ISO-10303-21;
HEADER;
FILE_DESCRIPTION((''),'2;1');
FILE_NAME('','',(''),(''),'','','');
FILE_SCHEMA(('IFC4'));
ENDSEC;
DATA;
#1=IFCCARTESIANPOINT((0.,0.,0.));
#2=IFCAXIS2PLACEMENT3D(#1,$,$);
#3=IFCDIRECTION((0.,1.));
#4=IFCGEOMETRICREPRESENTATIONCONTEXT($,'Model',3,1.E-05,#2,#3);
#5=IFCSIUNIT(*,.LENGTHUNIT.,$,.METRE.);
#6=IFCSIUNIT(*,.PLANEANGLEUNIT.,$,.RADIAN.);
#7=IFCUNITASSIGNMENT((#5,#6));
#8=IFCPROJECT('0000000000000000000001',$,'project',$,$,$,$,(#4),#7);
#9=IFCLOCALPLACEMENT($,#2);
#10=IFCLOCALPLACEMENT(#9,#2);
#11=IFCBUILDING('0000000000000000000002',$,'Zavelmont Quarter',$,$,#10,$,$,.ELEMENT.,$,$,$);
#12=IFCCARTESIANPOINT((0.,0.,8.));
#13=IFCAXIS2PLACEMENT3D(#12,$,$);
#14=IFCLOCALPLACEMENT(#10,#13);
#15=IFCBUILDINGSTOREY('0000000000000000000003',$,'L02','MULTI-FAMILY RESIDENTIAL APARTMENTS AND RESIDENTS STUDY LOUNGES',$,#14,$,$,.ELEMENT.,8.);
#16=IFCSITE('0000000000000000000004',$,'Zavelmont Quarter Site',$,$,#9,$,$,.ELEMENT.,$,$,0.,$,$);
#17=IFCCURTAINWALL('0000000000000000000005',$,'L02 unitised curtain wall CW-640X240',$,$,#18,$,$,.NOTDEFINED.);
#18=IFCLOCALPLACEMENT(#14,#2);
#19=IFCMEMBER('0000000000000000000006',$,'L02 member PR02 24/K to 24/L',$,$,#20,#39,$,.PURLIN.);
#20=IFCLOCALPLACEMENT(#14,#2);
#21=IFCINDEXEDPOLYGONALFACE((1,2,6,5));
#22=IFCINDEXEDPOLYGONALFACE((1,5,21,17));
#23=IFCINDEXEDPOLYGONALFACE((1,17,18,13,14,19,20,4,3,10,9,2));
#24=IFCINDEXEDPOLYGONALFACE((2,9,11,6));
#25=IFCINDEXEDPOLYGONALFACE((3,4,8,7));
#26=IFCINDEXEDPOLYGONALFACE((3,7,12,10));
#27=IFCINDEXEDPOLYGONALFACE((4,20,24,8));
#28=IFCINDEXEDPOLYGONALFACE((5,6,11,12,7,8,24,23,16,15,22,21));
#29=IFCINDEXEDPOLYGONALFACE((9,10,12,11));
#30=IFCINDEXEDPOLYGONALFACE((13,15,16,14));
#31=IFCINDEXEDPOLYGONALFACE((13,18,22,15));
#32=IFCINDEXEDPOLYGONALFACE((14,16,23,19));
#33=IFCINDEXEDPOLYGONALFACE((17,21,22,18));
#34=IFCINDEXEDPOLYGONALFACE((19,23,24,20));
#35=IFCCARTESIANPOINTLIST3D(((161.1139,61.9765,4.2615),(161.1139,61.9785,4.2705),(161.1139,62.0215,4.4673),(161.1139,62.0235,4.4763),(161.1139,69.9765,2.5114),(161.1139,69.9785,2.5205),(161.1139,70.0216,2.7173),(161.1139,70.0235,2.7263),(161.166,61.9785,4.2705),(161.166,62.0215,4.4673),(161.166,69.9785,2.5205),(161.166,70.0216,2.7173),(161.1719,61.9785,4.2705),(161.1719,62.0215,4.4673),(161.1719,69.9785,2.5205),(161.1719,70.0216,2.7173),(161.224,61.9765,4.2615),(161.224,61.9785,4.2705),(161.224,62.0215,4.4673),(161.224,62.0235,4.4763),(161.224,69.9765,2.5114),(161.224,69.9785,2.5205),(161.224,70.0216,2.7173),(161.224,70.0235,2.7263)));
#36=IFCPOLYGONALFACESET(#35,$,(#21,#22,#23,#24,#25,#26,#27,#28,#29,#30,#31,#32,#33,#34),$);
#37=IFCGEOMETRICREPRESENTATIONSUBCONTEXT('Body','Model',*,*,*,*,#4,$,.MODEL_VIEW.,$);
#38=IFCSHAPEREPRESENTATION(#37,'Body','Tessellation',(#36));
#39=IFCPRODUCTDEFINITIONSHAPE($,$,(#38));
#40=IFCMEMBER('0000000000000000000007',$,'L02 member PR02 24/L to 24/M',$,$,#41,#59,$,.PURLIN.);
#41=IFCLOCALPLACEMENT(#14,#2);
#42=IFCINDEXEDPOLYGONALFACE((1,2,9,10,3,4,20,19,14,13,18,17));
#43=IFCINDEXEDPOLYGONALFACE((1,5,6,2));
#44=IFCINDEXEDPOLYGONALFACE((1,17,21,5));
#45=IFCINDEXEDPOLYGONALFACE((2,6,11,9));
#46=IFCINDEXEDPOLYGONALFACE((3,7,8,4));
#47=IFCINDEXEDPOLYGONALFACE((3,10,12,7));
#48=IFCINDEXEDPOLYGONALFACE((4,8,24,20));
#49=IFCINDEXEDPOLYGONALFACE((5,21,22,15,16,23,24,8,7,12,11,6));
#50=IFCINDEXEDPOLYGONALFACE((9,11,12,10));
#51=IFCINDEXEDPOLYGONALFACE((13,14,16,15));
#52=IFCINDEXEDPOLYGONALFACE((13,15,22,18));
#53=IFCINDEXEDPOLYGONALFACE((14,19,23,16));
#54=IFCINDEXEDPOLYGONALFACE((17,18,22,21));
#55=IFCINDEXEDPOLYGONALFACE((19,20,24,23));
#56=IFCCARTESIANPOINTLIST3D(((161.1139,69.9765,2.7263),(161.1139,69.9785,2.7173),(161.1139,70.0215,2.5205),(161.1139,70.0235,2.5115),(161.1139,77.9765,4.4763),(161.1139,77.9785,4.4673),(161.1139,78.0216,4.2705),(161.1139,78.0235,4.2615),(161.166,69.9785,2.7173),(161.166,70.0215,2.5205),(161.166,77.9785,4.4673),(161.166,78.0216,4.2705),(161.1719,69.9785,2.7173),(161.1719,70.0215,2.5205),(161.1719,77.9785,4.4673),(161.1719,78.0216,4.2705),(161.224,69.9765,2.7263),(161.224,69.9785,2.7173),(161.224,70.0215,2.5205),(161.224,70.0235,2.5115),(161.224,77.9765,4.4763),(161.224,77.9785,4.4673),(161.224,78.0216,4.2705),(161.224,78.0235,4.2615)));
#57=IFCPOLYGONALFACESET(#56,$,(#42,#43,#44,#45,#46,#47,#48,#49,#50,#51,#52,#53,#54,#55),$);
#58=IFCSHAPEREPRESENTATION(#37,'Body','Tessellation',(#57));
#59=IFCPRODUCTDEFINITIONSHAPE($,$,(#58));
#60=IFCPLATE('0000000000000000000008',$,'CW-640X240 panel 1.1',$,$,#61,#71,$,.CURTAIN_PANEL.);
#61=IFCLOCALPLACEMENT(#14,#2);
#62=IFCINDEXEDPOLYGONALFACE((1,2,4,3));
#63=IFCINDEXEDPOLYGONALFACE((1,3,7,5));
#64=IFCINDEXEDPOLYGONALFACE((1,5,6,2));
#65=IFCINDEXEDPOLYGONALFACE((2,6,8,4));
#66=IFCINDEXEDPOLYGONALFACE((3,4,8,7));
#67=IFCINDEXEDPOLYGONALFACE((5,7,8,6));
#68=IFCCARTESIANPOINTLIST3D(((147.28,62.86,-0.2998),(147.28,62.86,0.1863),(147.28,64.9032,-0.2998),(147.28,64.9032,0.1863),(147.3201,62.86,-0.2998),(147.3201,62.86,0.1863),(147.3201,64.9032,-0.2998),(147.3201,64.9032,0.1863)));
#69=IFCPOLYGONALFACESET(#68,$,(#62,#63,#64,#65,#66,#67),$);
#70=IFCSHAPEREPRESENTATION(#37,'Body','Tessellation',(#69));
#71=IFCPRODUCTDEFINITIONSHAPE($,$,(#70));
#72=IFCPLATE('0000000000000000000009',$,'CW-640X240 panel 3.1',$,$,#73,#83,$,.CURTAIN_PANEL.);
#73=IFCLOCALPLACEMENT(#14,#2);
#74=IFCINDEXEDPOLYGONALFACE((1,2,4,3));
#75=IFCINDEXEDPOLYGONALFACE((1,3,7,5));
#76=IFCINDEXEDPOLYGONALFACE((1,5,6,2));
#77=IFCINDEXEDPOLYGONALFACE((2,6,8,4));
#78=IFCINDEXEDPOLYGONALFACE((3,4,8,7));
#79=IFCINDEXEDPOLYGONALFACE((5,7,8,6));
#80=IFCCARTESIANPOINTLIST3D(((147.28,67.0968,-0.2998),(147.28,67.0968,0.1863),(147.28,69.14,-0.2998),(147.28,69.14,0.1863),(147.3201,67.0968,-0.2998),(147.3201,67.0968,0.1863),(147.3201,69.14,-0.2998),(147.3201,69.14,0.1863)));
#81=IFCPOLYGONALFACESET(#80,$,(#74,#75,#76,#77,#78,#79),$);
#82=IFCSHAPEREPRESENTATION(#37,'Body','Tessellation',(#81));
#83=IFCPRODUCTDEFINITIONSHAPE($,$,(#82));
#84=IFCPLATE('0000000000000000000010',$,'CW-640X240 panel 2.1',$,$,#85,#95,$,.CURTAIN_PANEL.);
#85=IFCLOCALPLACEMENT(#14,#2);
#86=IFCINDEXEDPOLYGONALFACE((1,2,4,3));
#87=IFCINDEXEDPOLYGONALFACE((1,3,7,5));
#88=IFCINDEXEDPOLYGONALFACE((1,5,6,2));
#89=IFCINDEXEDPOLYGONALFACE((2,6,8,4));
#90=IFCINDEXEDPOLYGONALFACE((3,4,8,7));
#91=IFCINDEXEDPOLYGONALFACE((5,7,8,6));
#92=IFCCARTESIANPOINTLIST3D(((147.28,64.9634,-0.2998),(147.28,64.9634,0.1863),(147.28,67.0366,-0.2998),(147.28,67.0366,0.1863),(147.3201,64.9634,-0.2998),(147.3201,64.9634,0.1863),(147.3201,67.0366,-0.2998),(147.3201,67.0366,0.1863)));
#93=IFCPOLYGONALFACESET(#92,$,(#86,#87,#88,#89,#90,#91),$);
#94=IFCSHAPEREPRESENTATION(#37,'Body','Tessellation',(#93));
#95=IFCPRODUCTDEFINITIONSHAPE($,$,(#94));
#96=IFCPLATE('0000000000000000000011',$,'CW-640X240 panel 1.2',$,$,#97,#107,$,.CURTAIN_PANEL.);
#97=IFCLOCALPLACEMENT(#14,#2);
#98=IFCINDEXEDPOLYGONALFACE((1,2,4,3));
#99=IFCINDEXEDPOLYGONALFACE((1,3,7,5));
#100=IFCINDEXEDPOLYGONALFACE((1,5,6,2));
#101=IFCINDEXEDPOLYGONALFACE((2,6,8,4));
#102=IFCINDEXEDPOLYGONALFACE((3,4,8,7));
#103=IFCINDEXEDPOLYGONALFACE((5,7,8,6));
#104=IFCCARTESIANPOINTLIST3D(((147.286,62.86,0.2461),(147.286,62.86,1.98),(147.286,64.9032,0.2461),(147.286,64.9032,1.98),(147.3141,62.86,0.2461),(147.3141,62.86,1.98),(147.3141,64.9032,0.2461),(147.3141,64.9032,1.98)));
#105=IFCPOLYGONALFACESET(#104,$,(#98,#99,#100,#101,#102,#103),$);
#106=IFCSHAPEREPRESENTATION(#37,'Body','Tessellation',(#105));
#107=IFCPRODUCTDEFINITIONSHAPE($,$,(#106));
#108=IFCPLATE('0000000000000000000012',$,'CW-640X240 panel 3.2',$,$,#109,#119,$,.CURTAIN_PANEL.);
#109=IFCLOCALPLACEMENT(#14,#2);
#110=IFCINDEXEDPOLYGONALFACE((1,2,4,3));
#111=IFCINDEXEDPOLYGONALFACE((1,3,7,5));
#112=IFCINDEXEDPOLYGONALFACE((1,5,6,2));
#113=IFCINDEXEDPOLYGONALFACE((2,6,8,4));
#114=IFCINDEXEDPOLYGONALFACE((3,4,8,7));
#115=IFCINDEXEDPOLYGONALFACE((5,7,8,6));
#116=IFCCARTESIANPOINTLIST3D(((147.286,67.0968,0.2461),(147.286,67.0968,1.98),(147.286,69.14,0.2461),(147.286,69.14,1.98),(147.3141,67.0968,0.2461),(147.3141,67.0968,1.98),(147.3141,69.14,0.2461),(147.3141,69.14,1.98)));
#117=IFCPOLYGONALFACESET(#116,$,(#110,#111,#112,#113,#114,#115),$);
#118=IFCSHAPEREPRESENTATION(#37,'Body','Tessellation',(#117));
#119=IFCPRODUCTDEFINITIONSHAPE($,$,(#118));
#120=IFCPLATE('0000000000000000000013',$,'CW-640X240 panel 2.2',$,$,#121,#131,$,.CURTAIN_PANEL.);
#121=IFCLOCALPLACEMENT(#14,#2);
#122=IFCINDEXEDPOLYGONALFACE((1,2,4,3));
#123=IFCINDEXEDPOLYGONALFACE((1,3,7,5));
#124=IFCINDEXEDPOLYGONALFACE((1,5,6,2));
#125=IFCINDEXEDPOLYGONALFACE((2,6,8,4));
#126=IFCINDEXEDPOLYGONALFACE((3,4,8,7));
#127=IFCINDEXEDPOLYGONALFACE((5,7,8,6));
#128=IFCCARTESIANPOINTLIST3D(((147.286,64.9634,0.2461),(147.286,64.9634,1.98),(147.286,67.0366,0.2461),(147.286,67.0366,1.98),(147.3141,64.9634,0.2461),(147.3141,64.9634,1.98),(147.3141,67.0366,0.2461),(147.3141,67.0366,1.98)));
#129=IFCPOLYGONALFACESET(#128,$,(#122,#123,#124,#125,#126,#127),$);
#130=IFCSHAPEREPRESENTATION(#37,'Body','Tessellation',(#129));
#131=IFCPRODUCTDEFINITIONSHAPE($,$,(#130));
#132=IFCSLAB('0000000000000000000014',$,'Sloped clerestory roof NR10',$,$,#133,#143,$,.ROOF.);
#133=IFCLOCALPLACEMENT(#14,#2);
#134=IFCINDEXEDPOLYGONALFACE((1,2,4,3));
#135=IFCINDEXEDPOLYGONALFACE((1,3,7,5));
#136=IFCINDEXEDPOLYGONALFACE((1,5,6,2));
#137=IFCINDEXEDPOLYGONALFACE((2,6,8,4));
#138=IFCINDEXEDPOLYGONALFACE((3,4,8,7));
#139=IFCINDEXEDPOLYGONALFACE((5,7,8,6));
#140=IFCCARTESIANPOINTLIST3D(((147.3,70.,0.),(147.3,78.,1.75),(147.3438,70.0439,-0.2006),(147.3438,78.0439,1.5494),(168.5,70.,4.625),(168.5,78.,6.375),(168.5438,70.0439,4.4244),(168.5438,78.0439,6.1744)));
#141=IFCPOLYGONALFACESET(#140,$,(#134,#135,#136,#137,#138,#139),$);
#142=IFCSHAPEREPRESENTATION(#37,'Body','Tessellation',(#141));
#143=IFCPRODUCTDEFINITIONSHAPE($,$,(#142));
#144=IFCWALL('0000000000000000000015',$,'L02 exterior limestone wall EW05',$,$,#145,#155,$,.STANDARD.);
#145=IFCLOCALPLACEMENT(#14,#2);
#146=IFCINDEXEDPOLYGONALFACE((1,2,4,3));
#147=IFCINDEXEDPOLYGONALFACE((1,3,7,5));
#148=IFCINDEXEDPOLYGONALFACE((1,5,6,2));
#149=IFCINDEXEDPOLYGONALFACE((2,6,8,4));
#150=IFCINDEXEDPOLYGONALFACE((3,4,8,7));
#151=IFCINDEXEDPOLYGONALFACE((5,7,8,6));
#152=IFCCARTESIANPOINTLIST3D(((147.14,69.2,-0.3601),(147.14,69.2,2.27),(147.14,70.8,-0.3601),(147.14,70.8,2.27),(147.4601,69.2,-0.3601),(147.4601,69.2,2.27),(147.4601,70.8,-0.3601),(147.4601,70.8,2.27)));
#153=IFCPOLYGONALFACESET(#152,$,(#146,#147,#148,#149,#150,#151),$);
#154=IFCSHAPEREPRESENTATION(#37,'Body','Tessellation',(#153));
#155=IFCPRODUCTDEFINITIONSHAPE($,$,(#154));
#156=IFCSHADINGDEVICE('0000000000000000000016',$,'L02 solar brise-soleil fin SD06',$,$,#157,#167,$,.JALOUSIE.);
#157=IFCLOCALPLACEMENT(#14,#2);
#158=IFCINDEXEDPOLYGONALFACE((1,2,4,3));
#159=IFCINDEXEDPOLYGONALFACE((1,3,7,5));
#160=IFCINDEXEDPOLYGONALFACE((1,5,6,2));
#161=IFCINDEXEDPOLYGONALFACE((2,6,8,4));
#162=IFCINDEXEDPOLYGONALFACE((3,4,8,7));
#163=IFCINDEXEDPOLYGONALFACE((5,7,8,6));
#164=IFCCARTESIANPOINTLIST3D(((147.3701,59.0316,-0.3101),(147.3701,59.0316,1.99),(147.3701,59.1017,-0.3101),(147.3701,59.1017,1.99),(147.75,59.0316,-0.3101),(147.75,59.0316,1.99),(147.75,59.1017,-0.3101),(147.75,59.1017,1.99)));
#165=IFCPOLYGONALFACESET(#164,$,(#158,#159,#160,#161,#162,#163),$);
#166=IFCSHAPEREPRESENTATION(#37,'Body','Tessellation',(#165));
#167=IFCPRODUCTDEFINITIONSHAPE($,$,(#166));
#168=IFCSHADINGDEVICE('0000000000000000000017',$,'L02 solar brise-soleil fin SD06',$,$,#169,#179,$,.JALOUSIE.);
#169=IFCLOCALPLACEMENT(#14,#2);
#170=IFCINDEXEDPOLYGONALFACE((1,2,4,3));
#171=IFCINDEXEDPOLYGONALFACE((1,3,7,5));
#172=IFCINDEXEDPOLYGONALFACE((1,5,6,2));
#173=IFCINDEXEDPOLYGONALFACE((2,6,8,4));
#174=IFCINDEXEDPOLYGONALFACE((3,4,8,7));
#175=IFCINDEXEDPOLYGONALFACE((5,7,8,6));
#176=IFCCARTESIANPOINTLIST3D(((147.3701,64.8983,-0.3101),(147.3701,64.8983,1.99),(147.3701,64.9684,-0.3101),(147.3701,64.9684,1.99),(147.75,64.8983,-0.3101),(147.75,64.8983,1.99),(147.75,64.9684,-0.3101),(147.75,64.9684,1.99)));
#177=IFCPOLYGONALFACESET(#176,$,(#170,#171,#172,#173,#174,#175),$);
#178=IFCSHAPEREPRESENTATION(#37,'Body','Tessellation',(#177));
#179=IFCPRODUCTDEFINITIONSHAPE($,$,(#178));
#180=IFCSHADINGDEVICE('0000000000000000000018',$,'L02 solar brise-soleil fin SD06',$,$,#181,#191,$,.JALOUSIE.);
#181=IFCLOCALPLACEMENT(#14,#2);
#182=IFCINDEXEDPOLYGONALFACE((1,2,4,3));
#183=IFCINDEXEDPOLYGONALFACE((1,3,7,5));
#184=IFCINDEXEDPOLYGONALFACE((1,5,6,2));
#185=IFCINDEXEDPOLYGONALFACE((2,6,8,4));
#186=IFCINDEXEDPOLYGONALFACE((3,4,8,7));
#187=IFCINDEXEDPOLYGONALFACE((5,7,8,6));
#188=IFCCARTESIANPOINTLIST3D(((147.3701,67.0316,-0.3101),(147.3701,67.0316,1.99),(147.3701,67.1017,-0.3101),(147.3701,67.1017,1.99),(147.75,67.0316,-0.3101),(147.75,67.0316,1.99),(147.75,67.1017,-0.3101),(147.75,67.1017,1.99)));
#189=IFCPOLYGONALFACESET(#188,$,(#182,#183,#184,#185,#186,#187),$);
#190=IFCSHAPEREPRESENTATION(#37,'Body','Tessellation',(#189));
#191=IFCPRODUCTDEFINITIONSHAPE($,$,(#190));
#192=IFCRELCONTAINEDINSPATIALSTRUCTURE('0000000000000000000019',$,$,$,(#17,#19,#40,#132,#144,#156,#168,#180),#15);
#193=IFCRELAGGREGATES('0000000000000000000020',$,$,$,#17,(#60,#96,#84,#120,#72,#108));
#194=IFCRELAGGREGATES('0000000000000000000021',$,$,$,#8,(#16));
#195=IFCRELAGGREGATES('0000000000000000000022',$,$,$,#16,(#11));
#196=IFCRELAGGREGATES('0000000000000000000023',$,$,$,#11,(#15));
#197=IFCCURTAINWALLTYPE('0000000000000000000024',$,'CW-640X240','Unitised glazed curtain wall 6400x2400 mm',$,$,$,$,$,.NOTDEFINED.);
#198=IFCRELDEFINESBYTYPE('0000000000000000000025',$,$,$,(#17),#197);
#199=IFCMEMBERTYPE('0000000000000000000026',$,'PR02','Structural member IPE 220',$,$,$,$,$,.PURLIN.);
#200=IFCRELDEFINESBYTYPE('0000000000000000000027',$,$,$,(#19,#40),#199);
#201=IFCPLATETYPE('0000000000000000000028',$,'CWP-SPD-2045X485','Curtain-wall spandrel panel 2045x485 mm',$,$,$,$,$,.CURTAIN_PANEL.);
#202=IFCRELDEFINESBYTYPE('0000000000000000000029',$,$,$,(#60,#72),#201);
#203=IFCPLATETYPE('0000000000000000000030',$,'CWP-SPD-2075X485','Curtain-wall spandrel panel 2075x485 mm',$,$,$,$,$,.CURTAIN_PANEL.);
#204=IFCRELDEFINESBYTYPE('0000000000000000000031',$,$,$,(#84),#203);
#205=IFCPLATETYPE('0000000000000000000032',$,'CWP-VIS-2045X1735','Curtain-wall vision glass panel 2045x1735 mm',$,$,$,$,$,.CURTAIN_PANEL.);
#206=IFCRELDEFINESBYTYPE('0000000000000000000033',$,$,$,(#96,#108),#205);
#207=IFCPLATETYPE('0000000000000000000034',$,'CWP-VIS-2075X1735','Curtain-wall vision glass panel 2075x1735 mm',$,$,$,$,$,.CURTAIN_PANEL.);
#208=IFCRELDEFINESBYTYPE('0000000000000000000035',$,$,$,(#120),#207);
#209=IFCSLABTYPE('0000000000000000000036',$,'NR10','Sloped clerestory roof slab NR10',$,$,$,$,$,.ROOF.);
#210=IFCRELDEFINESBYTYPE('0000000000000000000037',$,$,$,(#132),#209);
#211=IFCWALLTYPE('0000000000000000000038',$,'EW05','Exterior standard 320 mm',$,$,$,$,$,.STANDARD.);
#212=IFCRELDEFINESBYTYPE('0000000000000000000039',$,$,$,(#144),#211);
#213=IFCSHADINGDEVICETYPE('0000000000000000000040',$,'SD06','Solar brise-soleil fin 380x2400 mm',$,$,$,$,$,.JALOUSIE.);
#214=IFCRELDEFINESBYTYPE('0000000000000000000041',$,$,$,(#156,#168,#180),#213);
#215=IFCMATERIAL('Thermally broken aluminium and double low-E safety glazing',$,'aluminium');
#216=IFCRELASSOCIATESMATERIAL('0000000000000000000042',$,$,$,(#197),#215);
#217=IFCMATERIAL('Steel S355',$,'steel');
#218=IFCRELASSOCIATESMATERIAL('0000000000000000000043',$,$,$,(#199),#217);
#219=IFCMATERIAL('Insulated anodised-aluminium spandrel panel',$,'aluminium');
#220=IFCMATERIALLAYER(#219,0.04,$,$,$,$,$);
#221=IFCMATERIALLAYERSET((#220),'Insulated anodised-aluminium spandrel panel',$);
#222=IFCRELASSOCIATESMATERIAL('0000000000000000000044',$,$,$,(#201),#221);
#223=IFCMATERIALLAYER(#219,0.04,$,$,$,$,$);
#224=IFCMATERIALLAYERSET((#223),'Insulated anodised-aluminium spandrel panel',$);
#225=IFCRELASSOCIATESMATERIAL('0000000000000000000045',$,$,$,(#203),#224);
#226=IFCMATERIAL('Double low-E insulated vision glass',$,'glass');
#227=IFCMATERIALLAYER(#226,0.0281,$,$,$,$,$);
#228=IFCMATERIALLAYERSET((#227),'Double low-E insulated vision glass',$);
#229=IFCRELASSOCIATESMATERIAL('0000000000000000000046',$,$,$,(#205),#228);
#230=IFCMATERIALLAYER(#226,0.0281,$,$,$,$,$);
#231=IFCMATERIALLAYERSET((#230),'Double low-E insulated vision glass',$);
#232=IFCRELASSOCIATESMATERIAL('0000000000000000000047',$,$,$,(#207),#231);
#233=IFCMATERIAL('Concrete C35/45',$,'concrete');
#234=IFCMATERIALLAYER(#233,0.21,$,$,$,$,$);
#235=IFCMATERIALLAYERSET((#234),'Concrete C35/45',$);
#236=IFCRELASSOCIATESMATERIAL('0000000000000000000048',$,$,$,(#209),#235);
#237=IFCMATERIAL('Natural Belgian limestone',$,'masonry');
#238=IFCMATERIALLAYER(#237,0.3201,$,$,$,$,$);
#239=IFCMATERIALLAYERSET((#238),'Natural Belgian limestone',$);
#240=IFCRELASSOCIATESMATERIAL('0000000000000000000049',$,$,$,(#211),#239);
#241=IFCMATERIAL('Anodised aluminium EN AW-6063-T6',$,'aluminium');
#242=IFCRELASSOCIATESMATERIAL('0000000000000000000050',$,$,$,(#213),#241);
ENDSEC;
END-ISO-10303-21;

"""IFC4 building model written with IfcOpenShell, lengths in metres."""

from ifc_helpers import new_model, si_unit, direction, frame, frame_2d, origin, origin_2d, place, context, subcontext, project, spatial, polyline, rectangle, i_section, outline, extrude, material, layer, layer_set, material_profile, profile_set, type_object, element, aggregate, save


model = new_model("IFC4")

# Units and contexts
model_context = context("Model", 3, precision=1e-05, world=origin(), true_north=direction((0.0, 1.0)))
body_context = subcontext(model_context, "Body", "Model", "MODEL_VIEW")
ifc_project = project(units=[si_unit("LENGTHUNIT", "METRE"), si_unit("PLANEANGLEUNIT", "RADIAN")], contexts=[model_context])

# Site, building, storey
site_placement = place(None, origin())
site = spatial("IfcSite", under=ifc_project, at=site_placement, Name="Zavelmont Quarter Site", CompositionType="ELEMENT", RefElevation=0.0)
building_placement = place(site_placement, origin())
building = spatial("IfcBuilding", under=site, at=building_placement, Name="Zavelmont Quarter", CompositionType="ELEMENT")
storey_placement = place(building_placement, frame((0.0, 0.0, 8.0)))
storey = spatial("IfcBuildingStorey", under=building, at=storey_placement, Name="L02", Description="MULTI-FAMILY RESIDENTIAL APARTMENTS AND RESIDENTS STUDY LOUNGES", CompositionType="ELEMENT", Elevation=8.0)

# Shared definitions
ifc_material_1 = material(Name="Steel S355", Category="steel")

# Curtain wall
ifc_material_2 = material(Name="Thermally broken aluminium and double low-E safety glazing", Category="aluminium")
curtain_wall_type = type_object("IfcCurtainWallType", Name="CW-640X240", Description="Unitised glazed curtain wall 6400x2400 mm", PredefinedType="NOTDEFINED", material=ifc_material_2)
curtain_wall_placement = place(storey_placement, origin())
curtain_wall = element("IfcCurtainWall", 1, at=curtain_wall_placement, inside=storey, type_object=curtain_wall_type, Name="L02 unitised curtain wall CW-640X240", PredefinedType="NOTDEFINED")

# Members
ifc_material_profile_1 = material_profile(ifc_material_1, i_section(OverallWidth=0.1101, OverallDepth=0.22, WebThickness=0.0059, FlangeThickness=0.0093, at=origin_2d()), Name="IPE 220")
ifc_profile_set_1 = profile_set([ifc_material_profile_1], Name="Steel S355")
member_type_1 = type_object("IfcMemberType", Name="PR02", Description="Structural member IPE 220", PredefinedType="PURLIN", material=ifc_profile_set_1)
for number, where, z_axis, x_axis, name in (
    (2, (161.1689, 62.0, 4.3689), (0.0, 0.9769, -0.213697), (-1.0, 0.0, 0.0), "L02 member PR02 24/K to 24/L"),
    (3, (161.1689, 70.0, 2.6189), (0.0, 0.9769, 0.213697), (-1.0, 0.0, 0.0), "L02 member PR02 24/L to 24/M"),
):
    element("IfcMember", number, at=place(storey_placement, frame(where, z_axis=z_axis, x_axis=x_axis)), inside=storey, type_object=member_type_1, Name=name, PredefinedType="PURLIN", context=body_context, shape_type="SweptSolid", body=[
        extrude(i_section(OverallWidth=0.1101, OverallDepth=0.22, WebThickness=0.0059, FlangeThickness=0.0093, at=origin_2d()), origin(), (0.0, 0.0, 1.0), 8.1892),
    ])

# Plates
ifc_material_3 = material(Name="Insulated anodised-aluminium spandrel panel", Category="aluminium")
ifc_layer_1 = layer(ifc_material_3, 0.04)
ifc_layer_set_1 = layer_set([ifc_layer_1], Name="Insulated anodised-aluminium spandrel panel")
plate_type_1 = type_object("IfcPlateType", Name="CWP-SPD-2045X485", Description="Curtain-wall spandrel panel 2045x485 mm", PredefinedType="CURTAIN_PANEL", material=ifc_layer_set_1)
plate_1_placement = place(storey_placement, frame((147.3, 63.8816, -0.2998), z_axis=(0.0, 0.0, 1.0), x_axis=(0.0, 1.0, 0.0)))
plate_1 = element("IfcPlate", 4, at=plate_1_placement, type_object=plate_type_1, Name="CW-640X240 panel 1.1", PredefinedType="CURTAIN_PANEL", context=body_context, shape_type="SweptSolid", body=[
    extrude(rectangle(XDim=2.0432, YDim=0.04, at=origin_2d()), origin(), (0.0, 0.0, 1.0), 0.4861),
])
plate_2_placement = place(storey_placement, frame((147.3, 68.1184, -0.2998), z_axis=(0.0, 0.0, 1.0), x_axis=(0.0, 1.0, 0.0)))
plate_2 = element("IfcPlate", 5, at=plate_2_placement, type_object=plate_type_1, Name="CW-640X240 panel 3.1", PredefinedType="CURTAIN_PANEL", context=body_context, shape_type="SweptSolid", body=[
    extrude(rectangle(XDim=2.0432, YDim=0.04, at=origin_2d()), origin(), (0.0, 0.0, 1.0), 0.4861),
])
ifc_layer_2 = layer(ifc_material_3, 0.04)
ifc_layer_set_2 = layer_set([ifc_layer_2], Name="Insulated anodised-aluminium spandrel panel")
plate_type_2 = type_object("IfcPlateType", Name="CWP-SPD-2075X485", Description="Curtain-wall spandrel panel 2075x485 mm", PredefinedType="CURTAIN_PANEL", material=ifc_layer_set_2)
plate_3_placement = place(storey_placement, frame((147.3, 66.0, -0.2998), z_axis=(0.0, 0.0, 1.0), x_axis=(0.0, 1.0, 0.0)))
plate_3 = element("IfcPlate", 6, at=plate_3_placement, type_object=plate_type_2, Name="CW-640X240 panel 2.1", PredefinedType="CURTAIN_PANEL", context=body_context, shape_type="SweptSolid", body=[
    extrude(rectangle(XDim=2.0732, YDim=0.04, at=origin_2d()), origin(), (0.0, 0.0, 1.0), 0.4861),
])
ifc_material_4 = material(Name="Double low-E insulated vision glass", Category="glass")
ifc_layer_3 = layer(ifc_material_4, 0.0281)
ifc_layer_set_3 = layer_set([ifc_layer_3], Name="Double low-E insulated vision glass")
plate_type_3 = type_object("IfcPlateType", Name="CWP-VIS-2045X1735", Description="Curtain-wall vision glass panel 2045x1735 mm", PredefinedType="CURTAIN_PANEL", material=ifc_layer_set_3)
plate_4_placement = place(storey_placement, frame((147.3, 63.8816, 0.2461), z_axis=(0.0, 0.0, 1.0), x_axis=(0.0, 1.0, 0.0)))
plate_4 = element("IfcPlate", 7, at=plate_4_placement, type_object=plate_type_3, Name="CW-640X240 panel 1.2", PredefinedType="CURTAIN_PANEL", context=body_context, shape_type="SweptSolid", body=[
    extrude(rectangle(XDim=2.0432, YDim=0.0281, at=origin_2d()), origin(), (0.0, 0.0, 1.0), 1.7339),
])
plate_5_placement = place(storey_placement, frame((147.3, 68.1184, 0.2461), z_axis=(0.0, 0.0, 1.0), x_axis=(0.0, 1.0, 0.0)))
plate_5 = element("IfcPlate", 8, at=plate_5_placement, type_object=plate_type_3, Name="CW-640X240 panel 3.2", PredefinedType="CURTAIN_PANEL", context=body_context, shape_type="SweptSolid", body=[
    extrude(rectangle(XDim=2.0432, YDim=0.0281, at=origin_2d()), origin(), (0.0, 0.0, 1.0), 1.7339),
])
ifc_layer_4 = layer(ifc_material_4, 0.0281)
ifc_layer_set_4 = layer_set([ifc_layer_4], Name="Double low-E insulated vision glass")
plate_type_4 = type_object("IfcPlateType", Name="CWP-VIS-2075X1735", Description="Curtain-wall vision glass panel 2075x1735 mm", PredefinedType="CURTAIN_PANEL", material=ifc_layer_set_4)
plate_6_placement = place(storey_placement, frame((147.3, 66.0, 0.2461), z_axis=(0.0, 0.0, 1.0), x_axis=(0.0, 1.0, 0.0)))
plate_6 = element("IfcPlate", 9, at=plate_6_placement, type_object=plate_type_4, Name="CW-640X240 panel 2.2", PredefinedType="CURTAIN_PANEL", context=body_context, shape_type="SweptSolid", body=[
    extrude(rectangle(XDim=2.0732, YDim=0.0281, at=origin_2d()), origin(), (0.0, 0.0, 1.0), 1.7339),
])
aggregate(curtain_wall, [plate_1, plate_4, plate_3, plate_6, plate_2, plate_5])

# Slab
ifc_material_5 = material(Name="Concrete C35/45", Category="concrete")
ifc_layer_5 = layer(ifc_material_5, 0.21)
ifc_layer_set_5 = layer_set([ifc_layer_5], Name="Concrete C35/45")
slab_type = type_object("IfcSlabType", Name="NR10", Description="Sloped clerestory roof slab NR10", PredefinedType="ROOF", material=ifc_layer_set_5)
slab_placement = place(storey_placement, frame((147.3, 70.0, 0.0), z_axis=(-0.20844, -0.209003, 0.955443), x_axis=(0.97702, 0.0, 0.213148)))
element("IfcSlab", 10, at=slab_placement, inside=storey, type_object=slab_type, Name="Sloped clerestory roof NR10", PredefinedType="ROOF", context=body_context, shape_type="SweptSolid", body=[
    extrude(outline(polyline([(0.0, 0.0), (21.6986, 0.0), (22.0716, 8.1807), (0.373, 8.1807), (0.0, 0.0)])), origin(), (0.0, 0.0, -1.0), 0.21),
])

# Wall
ifc_material_6 = material(Name="Natural Belgian limestone", Category="masonry")
ifc_layer_6 = layer(ifc_material_6, 0.3201)
ifc_layer_set_6 = layer_set([ifc_layer_6], Name="Natural Belgian limestone")
wall_type = type_object("IfcWallType", Name="EW05", Description="Exterior standard 320 mm", PredefinedType="STANDARD", material=ifc_layer_set_6)
wall_placement = place(storey_placement, frame((147.3, 69.2, -0.3601), z_axis=(0.0, 0.0, 1.0), x_axis=(0.0, 1.0, 0.0)))
element("IfcWall", 11, at=wall_placement, inside=storey, type_object=wall_type, Name="L02 exterior limestone wall EW05", PredefinedType="STANDARD", context=body_context, shape_type="SweptSolid", body=[
    extrude(rectangle(XDim=1.6001, YDim=0.3201, at=frame_2d((0.8, 0.0))), origin(), (0.0, 0.0, 1.0), 2.6301),
])

# Shading devices
ifc_material_7 = material(Name="Anodised aluminium EN AW-6063-T6", Category="aluminium")
shading_device_type = type_object("IfcShadingDeviceType", Name="SD06", Description="Solar brise-soleil fin 380x2400 mm", PredefinedType="JALOUSIE", material=ifc_material_7)
for number, where, z_axis, x_axis, name in (
    (12, (147.5601, 59.0667, -0.3101), (0.0, 0.0, 1.0), (0.0, 1.0, 0.0), "L02 solar brise-soleil fin SD06"),
    (13, (147.5601, 64.9333, -0.3101), (0.0, 0.0, 1.0), (0.0, 1.0, 0.0), "L02 solar brise-soleil fin SD06"),
    (14, (147.5601, 67.0667, -0.3101), (0.0, 0.0, 1.0), (0.0, 1.0, 0.0), "L02 solar brise-soleil fin SD06"),
):
    element("IfcShadingDevice", number, at=place(storey_placement, frame(where, z_axis=z_axis, x_axis=x_axis)), inside=storey, type_object=shading_device_type, Name=name, PredefinedType="JALOUSIE", context=body_context, shape_type="SweptSolid", body=[
        extrude(rectangle(XDim=0.0701, YDim=0.3799, at=origin_2d()), origin(), (0.0, 0.0, 1.0), 2.3),
    ])

save(model, "model.ifc")
